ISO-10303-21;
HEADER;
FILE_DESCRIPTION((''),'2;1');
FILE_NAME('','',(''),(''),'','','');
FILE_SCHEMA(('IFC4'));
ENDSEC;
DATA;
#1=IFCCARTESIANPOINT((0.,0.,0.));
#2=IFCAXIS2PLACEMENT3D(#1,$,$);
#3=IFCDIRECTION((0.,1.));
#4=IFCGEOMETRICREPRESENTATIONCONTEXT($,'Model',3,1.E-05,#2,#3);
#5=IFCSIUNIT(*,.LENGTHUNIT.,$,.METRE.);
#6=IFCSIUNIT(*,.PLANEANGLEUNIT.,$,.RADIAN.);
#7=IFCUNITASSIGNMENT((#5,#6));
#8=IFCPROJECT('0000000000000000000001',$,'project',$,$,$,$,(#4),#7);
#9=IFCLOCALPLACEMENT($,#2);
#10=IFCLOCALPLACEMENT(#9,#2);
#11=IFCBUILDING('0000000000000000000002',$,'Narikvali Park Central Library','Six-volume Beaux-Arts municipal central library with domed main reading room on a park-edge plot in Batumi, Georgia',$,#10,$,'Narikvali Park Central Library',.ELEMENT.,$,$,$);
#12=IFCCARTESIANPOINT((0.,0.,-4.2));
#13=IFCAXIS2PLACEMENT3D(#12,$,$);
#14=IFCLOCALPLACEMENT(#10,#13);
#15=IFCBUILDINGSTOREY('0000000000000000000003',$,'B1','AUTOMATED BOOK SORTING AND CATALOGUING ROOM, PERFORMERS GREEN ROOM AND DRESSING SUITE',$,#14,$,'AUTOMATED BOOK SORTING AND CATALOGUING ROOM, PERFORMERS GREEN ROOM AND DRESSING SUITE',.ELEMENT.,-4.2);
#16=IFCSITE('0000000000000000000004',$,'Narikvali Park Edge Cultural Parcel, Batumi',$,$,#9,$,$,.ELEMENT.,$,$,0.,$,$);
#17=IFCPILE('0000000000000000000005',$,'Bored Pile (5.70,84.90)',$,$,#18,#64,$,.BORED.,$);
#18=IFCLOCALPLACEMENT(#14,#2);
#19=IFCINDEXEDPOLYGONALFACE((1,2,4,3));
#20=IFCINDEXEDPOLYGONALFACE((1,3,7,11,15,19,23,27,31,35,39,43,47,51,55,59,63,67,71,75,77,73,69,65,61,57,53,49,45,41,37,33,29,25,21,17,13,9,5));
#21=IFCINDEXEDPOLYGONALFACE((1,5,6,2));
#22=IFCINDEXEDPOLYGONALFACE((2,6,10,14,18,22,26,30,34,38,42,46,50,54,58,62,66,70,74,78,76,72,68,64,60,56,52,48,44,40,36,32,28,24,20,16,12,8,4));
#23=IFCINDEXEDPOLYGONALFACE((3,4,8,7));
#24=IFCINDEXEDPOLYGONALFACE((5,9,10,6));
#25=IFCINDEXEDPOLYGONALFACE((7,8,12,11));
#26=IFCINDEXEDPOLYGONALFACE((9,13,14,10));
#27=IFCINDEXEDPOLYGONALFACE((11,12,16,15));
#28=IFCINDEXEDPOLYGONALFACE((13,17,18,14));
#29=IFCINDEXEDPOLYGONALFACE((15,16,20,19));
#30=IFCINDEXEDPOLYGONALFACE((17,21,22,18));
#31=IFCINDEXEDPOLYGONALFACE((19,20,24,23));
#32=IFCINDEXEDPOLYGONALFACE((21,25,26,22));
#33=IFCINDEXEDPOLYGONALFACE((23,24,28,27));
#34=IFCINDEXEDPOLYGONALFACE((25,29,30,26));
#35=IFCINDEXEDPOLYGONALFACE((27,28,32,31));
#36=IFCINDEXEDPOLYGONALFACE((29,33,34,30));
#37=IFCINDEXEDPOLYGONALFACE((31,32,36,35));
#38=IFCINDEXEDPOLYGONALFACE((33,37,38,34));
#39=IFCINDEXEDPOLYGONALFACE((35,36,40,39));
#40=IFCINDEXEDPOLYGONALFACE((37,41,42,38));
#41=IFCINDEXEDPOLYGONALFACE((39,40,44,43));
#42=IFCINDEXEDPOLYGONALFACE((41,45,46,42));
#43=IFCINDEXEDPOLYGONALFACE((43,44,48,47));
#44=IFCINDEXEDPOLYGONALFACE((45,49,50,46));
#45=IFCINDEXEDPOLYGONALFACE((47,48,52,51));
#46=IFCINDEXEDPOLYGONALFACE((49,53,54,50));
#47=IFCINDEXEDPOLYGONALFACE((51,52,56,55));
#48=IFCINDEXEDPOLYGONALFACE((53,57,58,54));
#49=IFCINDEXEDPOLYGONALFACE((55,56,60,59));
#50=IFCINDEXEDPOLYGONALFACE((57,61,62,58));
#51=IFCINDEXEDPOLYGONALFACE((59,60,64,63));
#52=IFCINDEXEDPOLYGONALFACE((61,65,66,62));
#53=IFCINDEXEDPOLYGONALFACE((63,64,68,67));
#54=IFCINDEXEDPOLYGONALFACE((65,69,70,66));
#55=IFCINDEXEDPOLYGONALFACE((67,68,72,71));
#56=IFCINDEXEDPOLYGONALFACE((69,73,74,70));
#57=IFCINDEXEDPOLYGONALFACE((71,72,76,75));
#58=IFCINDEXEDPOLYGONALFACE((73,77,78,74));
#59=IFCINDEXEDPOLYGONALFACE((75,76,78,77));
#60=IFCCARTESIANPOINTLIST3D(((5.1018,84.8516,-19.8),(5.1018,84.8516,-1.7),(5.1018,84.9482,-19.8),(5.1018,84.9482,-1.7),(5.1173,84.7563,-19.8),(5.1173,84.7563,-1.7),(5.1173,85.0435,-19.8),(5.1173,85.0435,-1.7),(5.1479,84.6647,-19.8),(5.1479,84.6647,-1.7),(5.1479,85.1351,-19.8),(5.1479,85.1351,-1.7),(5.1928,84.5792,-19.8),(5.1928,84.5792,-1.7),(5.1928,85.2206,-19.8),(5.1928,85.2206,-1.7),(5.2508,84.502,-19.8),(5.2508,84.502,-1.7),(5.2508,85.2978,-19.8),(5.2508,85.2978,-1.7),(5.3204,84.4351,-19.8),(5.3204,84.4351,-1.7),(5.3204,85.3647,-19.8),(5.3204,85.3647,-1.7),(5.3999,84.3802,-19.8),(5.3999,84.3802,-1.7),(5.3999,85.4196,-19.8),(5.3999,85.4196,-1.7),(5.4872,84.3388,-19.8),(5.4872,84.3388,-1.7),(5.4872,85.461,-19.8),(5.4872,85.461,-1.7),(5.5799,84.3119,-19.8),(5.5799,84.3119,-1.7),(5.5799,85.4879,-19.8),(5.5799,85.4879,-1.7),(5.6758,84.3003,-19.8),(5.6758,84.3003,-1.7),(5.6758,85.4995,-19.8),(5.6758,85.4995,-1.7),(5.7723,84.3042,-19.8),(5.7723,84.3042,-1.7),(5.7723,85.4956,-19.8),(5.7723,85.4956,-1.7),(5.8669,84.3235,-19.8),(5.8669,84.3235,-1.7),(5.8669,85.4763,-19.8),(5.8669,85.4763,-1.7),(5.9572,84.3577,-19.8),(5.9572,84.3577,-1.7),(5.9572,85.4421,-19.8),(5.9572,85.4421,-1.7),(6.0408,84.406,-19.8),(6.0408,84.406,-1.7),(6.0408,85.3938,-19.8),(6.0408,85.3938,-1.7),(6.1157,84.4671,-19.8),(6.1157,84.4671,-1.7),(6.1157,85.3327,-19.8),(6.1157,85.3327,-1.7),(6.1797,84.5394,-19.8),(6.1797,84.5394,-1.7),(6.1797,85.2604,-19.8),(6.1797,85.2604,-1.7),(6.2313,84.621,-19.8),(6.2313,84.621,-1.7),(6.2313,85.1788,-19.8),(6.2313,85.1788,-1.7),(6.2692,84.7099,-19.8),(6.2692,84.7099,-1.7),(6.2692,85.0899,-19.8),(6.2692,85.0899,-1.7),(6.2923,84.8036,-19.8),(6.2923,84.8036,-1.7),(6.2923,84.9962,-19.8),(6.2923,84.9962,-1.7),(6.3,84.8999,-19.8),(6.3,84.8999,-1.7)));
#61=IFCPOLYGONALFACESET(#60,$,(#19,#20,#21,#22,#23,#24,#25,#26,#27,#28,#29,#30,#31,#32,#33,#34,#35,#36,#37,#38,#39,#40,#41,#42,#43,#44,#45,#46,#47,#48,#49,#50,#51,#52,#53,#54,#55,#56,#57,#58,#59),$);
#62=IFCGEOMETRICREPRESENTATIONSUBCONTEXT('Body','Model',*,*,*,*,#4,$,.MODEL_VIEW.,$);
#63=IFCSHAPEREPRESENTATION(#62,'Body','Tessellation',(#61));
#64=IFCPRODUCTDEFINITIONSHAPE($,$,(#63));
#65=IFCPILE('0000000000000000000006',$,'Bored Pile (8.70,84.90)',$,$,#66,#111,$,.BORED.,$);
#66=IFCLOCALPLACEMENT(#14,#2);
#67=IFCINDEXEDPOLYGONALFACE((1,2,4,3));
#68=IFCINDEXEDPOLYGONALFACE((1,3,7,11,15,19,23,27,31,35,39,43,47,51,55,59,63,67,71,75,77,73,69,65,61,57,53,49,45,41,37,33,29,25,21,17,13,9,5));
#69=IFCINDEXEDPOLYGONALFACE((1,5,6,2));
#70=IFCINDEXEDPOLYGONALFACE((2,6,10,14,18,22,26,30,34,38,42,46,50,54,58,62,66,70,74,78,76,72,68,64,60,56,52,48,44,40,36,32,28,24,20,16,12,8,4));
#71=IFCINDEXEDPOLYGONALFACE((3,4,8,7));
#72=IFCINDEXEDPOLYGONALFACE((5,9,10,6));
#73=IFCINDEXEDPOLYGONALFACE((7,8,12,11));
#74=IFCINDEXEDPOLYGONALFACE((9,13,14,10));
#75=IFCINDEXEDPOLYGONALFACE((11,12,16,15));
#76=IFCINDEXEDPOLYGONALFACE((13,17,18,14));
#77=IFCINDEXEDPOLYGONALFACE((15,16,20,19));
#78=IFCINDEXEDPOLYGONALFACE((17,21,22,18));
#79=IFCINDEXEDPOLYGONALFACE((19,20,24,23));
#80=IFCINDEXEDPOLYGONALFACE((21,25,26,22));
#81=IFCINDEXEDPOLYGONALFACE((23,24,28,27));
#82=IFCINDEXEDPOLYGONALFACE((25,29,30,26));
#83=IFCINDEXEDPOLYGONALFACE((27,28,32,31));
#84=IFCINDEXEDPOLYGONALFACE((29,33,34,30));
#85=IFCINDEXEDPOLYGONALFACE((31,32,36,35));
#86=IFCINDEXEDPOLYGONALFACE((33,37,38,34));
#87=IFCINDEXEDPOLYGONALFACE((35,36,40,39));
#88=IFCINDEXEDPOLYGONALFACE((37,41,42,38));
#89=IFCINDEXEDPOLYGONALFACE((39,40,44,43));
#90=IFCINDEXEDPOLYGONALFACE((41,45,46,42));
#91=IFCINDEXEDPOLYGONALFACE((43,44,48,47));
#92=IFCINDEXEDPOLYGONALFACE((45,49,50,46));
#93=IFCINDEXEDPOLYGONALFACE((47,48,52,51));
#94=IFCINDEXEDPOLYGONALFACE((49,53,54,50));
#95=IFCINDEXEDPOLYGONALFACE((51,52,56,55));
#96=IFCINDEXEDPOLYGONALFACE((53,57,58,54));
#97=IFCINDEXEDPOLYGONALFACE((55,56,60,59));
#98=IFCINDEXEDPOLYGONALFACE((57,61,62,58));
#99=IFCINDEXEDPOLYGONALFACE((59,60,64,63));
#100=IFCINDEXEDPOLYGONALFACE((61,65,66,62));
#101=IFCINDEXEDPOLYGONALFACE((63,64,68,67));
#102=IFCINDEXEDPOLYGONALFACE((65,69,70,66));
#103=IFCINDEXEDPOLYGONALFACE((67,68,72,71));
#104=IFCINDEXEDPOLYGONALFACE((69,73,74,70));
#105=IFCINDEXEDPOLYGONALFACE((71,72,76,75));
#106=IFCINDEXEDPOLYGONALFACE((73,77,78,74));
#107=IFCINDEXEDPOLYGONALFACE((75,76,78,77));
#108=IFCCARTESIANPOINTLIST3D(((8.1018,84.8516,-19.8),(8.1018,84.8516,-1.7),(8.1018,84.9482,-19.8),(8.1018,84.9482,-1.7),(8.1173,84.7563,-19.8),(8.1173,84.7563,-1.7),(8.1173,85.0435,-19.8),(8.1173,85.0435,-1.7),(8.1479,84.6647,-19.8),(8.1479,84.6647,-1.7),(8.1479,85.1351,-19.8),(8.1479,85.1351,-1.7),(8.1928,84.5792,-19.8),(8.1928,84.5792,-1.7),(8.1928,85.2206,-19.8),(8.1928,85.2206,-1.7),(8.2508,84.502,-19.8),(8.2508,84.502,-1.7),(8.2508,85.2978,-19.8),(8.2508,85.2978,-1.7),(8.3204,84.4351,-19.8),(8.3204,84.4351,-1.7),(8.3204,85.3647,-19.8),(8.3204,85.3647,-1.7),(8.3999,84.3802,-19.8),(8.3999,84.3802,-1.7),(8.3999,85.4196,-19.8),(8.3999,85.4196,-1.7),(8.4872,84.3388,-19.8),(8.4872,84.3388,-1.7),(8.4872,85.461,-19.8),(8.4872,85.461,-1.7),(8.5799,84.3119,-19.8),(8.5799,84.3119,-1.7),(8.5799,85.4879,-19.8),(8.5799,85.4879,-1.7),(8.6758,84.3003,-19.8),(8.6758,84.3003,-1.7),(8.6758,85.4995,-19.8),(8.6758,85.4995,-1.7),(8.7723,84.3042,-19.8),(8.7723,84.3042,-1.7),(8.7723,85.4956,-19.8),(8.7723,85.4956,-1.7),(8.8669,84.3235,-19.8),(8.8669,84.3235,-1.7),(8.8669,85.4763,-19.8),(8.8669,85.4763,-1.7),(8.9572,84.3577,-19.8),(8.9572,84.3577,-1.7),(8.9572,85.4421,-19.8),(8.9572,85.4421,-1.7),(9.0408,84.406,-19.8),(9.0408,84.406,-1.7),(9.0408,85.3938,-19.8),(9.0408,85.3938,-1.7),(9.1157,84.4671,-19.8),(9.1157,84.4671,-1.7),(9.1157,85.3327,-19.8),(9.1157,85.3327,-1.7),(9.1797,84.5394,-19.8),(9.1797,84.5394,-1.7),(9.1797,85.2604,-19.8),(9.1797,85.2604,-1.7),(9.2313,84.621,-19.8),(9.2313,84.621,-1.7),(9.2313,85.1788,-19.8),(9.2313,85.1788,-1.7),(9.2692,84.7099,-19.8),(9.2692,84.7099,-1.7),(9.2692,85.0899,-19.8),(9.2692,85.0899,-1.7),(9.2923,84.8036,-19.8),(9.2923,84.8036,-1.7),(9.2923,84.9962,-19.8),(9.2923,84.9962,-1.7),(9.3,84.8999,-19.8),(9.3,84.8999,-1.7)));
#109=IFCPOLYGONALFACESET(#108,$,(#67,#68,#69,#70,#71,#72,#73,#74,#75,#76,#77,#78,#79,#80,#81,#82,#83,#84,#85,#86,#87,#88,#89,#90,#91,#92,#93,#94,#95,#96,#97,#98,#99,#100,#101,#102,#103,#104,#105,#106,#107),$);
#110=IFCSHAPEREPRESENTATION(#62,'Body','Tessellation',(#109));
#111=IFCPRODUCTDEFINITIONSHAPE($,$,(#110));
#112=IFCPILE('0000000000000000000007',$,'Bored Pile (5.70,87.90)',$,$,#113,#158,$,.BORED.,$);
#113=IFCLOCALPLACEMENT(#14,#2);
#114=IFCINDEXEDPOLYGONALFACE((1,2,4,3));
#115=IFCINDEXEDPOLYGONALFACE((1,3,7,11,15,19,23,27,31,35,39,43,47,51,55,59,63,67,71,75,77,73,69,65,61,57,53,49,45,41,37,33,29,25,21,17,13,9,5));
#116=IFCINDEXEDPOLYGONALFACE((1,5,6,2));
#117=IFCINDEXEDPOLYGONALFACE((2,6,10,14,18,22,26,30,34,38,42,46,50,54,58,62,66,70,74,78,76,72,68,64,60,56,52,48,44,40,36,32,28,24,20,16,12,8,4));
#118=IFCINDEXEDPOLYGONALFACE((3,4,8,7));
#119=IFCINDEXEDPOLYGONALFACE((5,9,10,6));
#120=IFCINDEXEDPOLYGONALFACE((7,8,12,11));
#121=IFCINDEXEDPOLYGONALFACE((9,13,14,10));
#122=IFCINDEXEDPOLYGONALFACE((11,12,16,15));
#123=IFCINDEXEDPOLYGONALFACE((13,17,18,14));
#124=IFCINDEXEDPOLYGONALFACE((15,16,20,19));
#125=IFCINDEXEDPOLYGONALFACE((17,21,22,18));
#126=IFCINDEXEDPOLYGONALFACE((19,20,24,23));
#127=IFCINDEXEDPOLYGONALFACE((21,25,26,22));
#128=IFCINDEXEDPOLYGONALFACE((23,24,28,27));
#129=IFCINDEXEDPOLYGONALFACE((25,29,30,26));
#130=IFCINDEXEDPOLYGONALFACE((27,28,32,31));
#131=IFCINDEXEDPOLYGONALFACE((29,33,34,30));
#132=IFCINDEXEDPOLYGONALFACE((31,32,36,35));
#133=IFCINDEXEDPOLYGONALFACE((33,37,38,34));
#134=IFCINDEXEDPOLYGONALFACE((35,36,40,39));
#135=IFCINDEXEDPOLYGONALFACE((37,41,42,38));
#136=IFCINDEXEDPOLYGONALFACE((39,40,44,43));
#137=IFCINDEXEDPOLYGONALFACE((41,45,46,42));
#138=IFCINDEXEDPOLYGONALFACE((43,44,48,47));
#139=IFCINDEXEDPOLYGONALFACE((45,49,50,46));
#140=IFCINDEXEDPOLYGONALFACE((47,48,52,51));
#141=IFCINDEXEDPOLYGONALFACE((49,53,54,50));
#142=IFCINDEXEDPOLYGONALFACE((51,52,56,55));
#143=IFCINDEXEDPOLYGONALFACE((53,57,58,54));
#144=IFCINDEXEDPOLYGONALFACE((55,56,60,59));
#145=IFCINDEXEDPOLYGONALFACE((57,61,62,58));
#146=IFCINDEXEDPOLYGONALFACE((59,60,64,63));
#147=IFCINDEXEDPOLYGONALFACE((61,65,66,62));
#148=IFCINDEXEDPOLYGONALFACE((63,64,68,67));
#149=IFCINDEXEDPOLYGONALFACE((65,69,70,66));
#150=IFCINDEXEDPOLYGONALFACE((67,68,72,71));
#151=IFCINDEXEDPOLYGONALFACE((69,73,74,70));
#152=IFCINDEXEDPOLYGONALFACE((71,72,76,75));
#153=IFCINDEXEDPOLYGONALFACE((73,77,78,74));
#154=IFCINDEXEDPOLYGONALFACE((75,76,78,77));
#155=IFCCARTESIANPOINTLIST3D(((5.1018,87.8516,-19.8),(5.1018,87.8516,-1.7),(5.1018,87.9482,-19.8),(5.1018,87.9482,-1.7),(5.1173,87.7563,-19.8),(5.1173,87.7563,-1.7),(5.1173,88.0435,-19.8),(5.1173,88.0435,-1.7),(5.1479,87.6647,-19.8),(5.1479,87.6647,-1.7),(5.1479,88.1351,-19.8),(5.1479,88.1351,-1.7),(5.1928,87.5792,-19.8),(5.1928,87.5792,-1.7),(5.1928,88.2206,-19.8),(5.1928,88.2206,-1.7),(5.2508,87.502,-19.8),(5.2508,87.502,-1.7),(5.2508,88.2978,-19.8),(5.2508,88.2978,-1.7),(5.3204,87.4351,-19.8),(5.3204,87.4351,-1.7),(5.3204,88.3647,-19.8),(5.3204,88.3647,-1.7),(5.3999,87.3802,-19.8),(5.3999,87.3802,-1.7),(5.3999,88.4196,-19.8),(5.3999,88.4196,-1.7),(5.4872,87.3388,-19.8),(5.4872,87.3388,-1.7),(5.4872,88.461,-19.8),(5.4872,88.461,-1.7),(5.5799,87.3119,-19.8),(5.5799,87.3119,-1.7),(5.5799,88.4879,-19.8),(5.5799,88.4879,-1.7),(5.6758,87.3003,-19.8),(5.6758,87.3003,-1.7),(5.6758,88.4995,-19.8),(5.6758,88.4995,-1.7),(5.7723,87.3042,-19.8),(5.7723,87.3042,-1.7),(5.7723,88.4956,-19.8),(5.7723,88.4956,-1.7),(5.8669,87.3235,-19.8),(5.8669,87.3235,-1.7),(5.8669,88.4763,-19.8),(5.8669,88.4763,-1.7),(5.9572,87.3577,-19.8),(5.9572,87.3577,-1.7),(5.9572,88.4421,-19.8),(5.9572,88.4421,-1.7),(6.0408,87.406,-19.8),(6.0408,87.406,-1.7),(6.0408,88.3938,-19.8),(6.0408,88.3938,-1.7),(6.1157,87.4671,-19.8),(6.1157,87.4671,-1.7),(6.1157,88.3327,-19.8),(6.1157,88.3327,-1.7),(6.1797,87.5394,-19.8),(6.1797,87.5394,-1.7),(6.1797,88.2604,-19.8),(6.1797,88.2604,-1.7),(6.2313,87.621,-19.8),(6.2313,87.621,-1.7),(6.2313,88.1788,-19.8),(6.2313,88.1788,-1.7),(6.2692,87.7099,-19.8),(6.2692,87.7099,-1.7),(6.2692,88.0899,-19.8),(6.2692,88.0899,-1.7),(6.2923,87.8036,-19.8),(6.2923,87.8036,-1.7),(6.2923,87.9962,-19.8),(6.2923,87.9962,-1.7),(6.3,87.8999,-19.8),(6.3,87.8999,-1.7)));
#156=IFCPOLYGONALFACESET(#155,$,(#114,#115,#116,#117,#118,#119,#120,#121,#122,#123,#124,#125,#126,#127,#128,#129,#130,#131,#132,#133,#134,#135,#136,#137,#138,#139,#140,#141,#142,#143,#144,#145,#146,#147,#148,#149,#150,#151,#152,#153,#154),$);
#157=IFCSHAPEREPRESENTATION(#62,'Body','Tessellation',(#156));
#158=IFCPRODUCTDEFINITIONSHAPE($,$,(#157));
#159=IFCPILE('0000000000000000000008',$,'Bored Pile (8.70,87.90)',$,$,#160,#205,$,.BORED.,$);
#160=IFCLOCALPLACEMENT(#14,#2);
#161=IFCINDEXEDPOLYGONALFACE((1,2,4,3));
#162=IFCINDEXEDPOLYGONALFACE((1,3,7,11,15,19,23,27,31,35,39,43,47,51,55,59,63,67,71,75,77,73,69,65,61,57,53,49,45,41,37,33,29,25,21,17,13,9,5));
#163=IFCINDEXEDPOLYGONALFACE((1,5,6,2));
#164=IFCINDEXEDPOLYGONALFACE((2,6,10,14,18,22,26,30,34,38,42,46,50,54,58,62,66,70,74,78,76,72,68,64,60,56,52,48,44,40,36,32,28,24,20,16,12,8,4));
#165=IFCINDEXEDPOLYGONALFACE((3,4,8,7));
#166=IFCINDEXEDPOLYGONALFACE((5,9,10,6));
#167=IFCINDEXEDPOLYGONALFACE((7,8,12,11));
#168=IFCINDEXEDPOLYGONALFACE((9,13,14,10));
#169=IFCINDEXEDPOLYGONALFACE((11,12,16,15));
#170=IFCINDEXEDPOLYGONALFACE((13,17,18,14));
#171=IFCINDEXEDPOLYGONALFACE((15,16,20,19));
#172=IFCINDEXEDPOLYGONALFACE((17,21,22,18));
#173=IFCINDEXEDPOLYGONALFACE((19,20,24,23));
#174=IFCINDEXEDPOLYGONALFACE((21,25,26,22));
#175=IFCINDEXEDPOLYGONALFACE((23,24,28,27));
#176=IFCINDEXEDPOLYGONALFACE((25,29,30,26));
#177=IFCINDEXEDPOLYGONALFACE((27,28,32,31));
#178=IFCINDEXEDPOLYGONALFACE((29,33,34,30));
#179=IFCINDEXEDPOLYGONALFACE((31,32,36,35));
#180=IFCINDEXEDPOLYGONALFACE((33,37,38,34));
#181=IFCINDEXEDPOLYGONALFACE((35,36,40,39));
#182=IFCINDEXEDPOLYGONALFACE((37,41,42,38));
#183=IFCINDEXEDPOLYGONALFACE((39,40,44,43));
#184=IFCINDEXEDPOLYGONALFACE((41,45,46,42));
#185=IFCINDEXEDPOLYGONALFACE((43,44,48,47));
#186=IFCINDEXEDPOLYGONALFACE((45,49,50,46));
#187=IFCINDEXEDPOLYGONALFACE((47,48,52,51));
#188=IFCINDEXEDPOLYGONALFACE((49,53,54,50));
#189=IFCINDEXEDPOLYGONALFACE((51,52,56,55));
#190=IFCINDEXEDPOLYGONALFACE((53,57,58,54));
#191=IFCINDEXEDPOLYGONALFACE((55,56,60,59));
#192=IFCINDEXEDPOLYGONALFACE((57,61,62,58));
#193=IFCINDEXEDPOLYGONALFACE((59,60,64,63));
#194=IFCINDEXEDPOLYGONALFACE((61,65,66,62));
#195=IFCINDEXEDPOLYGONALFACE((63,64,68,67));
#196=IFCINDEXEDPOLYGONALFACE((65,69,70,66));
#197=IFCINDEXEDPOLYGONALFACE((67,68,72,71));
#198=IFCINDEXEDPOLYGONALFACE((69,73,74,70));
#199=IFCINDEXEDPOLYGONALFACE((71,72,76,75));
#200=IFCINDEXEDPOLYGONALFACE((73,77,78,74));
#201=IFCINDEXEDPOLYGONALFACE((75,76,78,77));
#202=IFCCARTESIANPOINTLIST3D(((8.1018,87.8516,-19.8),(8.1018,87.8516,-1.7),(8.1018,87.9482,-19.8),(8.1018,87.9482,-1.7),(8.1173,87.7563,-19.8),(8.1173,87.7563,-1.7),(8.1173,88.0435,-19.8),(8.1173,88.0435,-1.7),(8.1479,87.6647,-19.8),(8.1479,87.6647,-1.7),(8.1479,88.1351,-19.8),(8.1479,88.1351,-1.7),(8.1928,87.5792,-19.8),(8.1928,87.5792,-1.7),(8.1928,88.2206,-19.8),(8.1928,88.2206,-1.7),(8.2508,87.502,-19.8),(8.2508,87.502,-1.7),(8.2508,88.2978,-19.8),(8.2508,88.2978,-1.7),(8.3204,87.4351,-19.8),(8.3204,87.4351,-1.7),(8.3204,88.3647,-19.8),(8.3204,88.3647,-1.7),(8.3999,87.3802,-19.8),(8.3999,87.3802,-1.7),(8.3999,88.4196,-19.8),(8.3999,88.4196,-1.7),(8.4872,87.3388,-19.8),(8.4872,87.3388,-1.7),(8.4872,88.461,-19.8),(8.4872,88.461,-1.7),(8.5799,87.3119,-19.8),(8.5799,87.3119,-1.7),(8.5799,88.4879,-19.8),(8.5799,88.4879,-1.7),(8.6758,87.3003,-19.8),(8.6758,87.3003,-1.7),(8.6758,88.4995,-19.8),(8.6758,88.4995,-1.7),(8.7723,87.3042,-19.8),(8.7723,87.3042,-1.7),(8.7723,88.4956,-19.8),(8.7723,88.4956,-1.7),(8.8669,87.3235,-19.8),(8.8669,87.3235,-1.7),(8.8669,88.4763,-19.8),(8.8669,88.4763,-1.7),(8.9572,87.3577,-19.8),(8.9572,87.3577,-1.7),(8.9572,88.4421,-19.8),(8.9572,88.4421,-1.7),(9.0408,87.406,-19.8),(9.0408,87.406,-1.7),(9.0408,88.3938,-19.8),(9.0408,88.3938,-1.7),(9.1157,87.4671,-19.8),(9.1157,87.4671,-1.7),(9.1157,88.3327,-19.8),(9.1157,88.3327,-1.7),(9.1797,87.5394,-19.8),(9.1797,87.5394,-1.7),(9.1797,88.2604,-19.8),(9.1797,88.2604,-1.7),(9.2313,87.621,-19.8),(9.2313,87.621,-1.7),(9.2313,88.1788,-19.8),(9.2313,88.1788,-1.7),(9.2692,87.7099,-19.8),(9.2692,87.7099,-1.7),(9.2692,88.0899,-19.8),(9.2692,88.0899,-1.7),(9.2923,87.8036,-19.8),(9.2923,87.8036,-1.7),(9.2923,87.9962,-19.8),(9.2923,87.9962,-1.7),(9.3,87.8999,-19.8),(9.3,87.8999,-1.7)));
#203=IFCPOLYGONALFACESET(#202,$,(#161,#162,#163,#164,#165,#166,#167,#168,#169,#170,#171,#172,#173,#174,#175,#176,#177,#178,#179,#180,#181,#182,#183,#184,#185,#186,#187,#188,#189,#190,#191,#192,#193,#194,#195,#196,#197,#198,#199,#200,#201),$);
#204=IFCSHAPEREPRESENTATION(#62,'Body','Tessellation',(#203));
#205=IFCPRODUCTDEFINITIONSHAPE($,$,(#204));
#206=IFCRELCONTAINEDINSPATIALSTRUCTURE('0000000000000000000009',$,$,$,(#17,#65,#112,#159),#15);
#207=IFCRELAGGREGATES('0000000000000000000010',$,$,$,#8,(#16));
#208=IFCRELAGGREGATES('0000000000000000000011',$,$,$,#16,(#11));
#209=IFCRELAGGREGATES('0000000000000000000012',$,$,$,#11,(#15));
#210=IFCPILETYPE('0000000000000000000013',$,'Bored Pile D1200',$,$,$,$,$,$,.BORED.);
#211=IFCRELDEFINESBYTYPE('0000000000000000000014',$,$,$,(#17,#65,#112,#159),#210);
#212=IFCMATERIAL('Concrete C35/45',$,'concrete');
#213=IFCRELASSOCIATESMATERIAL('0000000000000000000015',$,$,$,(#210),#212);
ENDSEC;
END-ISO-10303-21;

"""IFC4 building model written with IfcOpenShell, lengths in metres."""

from ifc_helpers import new_model, si_unit, direction, frame, origin, origin_2d, place, context, subcontext, project, spatial, circle, extrude, material, material_profile, profile_set, type_object, element, save


model = new_model("IFC4")

# Units and contexts
model_context = context("Model", 3, precision=1e-05, world=origin(), true_north=direction((0.0, 1.0)))
body_context = subcontext(model_context, "Body", "Model", "MODEL_VIEW")
ifc_project = project(units=[si_unit("LENGTHUNIT", "METRE"), si_unit("PLANEANGLEUNIT", "RADIAN")], contexts=[model_context])

# Site, building, storey
site_placement = place(None, origin())
site = spatial("IfcSite", under=ifc_project, at=site_placement, Name="Narikvali Park Edge Cultural Parcel, Batumi", CompositionType="ELEMENT", RefElevation=0.0)
building_placement = place(site_placement, origin())
building = spatial("IfcBuilding", under=site, at=building_placement, Name="Narikvali Park Central Library", Description="Six-volume Beaux-Arts municipal central library with domed main reading room on a park-edge plot in Batumi, Georgia", LongName="Narikvali Park Central Library", CompositionType="ELEMENT")
storey_placement = place(building_placement, frame((0.0, 0.0, -4.2)))
storey = spatial("IfcBuildingStorey", under=building, at=storey_placement, Name="B1", Description="AUTOMATED BOOK SORTING AND CATALOGUING ROOM, PERFORMERS GREEN ROOM AND DRESSING SUITE", LongName="AUTOMATED BOOK SORTING AND CATALOGUING ROOM, PERFORMERS GREEN ROOM AND DRESSING SUITE", CompositionType="ELEMENT", Elevation=-4.2)

# Piles
ifc_material_1 = material(Name="Concrete C35/45", Category="concrete")
ifc_material_profile_1 = material_profile(ifc_material_1, circle(Radius=0.6001, at=origin_2d()), Name="PILE D1200")
ifc_profile_set_1 = profile_set([ifc_material_profile_1], Name="Concrete C35/45")
pile_type = type_object("IfcPileType", Name="Bored Pile D1200", PredefinedType="BORED", material=ifc_profile_set_1)
for number, where, z_axis, x_axis, name in (
    (1, (5.7, 84.8999, -1.7), (0.0, 0.0, -1.0), (1.0, 0.0, 0.0), "Bored Pile (5.70,84.90)"),
    (2, (8.7, 84.8999, -1.7), (0.0, 0.0, -1.0), (1.0, 0.0, 0.0), "Bored Pile (8.70,84.90)"),
    (3, (5.7, 87.8999, -1.7), (0.0, 0.0, -1.0), (1.0, 0.0, 0.0), "Bored Pile (5.70,87.90)"),
    (4, (8.7, 87.8999, -1.7), (0.0, 0.0, -1.0), (1.0, 0.0, 0.0), "Bored Pile (8.70,87.90)"),
):
    element("IfcPile", number, at=place(storey_placement, frame(where, z_axis=z_axis, x_axis=x_axis)), inside=storey, type_object=pile_type, Name=name, PredefinedType="BORED", context=body_context, shape_type="SweptSolid", body=[
        extrude(circle(Radius=0.6001, at=origin_2d()), origin(), (0.0, 0.0, 1.0), 18.1001),
    ])

save(model, "model.ifc")
